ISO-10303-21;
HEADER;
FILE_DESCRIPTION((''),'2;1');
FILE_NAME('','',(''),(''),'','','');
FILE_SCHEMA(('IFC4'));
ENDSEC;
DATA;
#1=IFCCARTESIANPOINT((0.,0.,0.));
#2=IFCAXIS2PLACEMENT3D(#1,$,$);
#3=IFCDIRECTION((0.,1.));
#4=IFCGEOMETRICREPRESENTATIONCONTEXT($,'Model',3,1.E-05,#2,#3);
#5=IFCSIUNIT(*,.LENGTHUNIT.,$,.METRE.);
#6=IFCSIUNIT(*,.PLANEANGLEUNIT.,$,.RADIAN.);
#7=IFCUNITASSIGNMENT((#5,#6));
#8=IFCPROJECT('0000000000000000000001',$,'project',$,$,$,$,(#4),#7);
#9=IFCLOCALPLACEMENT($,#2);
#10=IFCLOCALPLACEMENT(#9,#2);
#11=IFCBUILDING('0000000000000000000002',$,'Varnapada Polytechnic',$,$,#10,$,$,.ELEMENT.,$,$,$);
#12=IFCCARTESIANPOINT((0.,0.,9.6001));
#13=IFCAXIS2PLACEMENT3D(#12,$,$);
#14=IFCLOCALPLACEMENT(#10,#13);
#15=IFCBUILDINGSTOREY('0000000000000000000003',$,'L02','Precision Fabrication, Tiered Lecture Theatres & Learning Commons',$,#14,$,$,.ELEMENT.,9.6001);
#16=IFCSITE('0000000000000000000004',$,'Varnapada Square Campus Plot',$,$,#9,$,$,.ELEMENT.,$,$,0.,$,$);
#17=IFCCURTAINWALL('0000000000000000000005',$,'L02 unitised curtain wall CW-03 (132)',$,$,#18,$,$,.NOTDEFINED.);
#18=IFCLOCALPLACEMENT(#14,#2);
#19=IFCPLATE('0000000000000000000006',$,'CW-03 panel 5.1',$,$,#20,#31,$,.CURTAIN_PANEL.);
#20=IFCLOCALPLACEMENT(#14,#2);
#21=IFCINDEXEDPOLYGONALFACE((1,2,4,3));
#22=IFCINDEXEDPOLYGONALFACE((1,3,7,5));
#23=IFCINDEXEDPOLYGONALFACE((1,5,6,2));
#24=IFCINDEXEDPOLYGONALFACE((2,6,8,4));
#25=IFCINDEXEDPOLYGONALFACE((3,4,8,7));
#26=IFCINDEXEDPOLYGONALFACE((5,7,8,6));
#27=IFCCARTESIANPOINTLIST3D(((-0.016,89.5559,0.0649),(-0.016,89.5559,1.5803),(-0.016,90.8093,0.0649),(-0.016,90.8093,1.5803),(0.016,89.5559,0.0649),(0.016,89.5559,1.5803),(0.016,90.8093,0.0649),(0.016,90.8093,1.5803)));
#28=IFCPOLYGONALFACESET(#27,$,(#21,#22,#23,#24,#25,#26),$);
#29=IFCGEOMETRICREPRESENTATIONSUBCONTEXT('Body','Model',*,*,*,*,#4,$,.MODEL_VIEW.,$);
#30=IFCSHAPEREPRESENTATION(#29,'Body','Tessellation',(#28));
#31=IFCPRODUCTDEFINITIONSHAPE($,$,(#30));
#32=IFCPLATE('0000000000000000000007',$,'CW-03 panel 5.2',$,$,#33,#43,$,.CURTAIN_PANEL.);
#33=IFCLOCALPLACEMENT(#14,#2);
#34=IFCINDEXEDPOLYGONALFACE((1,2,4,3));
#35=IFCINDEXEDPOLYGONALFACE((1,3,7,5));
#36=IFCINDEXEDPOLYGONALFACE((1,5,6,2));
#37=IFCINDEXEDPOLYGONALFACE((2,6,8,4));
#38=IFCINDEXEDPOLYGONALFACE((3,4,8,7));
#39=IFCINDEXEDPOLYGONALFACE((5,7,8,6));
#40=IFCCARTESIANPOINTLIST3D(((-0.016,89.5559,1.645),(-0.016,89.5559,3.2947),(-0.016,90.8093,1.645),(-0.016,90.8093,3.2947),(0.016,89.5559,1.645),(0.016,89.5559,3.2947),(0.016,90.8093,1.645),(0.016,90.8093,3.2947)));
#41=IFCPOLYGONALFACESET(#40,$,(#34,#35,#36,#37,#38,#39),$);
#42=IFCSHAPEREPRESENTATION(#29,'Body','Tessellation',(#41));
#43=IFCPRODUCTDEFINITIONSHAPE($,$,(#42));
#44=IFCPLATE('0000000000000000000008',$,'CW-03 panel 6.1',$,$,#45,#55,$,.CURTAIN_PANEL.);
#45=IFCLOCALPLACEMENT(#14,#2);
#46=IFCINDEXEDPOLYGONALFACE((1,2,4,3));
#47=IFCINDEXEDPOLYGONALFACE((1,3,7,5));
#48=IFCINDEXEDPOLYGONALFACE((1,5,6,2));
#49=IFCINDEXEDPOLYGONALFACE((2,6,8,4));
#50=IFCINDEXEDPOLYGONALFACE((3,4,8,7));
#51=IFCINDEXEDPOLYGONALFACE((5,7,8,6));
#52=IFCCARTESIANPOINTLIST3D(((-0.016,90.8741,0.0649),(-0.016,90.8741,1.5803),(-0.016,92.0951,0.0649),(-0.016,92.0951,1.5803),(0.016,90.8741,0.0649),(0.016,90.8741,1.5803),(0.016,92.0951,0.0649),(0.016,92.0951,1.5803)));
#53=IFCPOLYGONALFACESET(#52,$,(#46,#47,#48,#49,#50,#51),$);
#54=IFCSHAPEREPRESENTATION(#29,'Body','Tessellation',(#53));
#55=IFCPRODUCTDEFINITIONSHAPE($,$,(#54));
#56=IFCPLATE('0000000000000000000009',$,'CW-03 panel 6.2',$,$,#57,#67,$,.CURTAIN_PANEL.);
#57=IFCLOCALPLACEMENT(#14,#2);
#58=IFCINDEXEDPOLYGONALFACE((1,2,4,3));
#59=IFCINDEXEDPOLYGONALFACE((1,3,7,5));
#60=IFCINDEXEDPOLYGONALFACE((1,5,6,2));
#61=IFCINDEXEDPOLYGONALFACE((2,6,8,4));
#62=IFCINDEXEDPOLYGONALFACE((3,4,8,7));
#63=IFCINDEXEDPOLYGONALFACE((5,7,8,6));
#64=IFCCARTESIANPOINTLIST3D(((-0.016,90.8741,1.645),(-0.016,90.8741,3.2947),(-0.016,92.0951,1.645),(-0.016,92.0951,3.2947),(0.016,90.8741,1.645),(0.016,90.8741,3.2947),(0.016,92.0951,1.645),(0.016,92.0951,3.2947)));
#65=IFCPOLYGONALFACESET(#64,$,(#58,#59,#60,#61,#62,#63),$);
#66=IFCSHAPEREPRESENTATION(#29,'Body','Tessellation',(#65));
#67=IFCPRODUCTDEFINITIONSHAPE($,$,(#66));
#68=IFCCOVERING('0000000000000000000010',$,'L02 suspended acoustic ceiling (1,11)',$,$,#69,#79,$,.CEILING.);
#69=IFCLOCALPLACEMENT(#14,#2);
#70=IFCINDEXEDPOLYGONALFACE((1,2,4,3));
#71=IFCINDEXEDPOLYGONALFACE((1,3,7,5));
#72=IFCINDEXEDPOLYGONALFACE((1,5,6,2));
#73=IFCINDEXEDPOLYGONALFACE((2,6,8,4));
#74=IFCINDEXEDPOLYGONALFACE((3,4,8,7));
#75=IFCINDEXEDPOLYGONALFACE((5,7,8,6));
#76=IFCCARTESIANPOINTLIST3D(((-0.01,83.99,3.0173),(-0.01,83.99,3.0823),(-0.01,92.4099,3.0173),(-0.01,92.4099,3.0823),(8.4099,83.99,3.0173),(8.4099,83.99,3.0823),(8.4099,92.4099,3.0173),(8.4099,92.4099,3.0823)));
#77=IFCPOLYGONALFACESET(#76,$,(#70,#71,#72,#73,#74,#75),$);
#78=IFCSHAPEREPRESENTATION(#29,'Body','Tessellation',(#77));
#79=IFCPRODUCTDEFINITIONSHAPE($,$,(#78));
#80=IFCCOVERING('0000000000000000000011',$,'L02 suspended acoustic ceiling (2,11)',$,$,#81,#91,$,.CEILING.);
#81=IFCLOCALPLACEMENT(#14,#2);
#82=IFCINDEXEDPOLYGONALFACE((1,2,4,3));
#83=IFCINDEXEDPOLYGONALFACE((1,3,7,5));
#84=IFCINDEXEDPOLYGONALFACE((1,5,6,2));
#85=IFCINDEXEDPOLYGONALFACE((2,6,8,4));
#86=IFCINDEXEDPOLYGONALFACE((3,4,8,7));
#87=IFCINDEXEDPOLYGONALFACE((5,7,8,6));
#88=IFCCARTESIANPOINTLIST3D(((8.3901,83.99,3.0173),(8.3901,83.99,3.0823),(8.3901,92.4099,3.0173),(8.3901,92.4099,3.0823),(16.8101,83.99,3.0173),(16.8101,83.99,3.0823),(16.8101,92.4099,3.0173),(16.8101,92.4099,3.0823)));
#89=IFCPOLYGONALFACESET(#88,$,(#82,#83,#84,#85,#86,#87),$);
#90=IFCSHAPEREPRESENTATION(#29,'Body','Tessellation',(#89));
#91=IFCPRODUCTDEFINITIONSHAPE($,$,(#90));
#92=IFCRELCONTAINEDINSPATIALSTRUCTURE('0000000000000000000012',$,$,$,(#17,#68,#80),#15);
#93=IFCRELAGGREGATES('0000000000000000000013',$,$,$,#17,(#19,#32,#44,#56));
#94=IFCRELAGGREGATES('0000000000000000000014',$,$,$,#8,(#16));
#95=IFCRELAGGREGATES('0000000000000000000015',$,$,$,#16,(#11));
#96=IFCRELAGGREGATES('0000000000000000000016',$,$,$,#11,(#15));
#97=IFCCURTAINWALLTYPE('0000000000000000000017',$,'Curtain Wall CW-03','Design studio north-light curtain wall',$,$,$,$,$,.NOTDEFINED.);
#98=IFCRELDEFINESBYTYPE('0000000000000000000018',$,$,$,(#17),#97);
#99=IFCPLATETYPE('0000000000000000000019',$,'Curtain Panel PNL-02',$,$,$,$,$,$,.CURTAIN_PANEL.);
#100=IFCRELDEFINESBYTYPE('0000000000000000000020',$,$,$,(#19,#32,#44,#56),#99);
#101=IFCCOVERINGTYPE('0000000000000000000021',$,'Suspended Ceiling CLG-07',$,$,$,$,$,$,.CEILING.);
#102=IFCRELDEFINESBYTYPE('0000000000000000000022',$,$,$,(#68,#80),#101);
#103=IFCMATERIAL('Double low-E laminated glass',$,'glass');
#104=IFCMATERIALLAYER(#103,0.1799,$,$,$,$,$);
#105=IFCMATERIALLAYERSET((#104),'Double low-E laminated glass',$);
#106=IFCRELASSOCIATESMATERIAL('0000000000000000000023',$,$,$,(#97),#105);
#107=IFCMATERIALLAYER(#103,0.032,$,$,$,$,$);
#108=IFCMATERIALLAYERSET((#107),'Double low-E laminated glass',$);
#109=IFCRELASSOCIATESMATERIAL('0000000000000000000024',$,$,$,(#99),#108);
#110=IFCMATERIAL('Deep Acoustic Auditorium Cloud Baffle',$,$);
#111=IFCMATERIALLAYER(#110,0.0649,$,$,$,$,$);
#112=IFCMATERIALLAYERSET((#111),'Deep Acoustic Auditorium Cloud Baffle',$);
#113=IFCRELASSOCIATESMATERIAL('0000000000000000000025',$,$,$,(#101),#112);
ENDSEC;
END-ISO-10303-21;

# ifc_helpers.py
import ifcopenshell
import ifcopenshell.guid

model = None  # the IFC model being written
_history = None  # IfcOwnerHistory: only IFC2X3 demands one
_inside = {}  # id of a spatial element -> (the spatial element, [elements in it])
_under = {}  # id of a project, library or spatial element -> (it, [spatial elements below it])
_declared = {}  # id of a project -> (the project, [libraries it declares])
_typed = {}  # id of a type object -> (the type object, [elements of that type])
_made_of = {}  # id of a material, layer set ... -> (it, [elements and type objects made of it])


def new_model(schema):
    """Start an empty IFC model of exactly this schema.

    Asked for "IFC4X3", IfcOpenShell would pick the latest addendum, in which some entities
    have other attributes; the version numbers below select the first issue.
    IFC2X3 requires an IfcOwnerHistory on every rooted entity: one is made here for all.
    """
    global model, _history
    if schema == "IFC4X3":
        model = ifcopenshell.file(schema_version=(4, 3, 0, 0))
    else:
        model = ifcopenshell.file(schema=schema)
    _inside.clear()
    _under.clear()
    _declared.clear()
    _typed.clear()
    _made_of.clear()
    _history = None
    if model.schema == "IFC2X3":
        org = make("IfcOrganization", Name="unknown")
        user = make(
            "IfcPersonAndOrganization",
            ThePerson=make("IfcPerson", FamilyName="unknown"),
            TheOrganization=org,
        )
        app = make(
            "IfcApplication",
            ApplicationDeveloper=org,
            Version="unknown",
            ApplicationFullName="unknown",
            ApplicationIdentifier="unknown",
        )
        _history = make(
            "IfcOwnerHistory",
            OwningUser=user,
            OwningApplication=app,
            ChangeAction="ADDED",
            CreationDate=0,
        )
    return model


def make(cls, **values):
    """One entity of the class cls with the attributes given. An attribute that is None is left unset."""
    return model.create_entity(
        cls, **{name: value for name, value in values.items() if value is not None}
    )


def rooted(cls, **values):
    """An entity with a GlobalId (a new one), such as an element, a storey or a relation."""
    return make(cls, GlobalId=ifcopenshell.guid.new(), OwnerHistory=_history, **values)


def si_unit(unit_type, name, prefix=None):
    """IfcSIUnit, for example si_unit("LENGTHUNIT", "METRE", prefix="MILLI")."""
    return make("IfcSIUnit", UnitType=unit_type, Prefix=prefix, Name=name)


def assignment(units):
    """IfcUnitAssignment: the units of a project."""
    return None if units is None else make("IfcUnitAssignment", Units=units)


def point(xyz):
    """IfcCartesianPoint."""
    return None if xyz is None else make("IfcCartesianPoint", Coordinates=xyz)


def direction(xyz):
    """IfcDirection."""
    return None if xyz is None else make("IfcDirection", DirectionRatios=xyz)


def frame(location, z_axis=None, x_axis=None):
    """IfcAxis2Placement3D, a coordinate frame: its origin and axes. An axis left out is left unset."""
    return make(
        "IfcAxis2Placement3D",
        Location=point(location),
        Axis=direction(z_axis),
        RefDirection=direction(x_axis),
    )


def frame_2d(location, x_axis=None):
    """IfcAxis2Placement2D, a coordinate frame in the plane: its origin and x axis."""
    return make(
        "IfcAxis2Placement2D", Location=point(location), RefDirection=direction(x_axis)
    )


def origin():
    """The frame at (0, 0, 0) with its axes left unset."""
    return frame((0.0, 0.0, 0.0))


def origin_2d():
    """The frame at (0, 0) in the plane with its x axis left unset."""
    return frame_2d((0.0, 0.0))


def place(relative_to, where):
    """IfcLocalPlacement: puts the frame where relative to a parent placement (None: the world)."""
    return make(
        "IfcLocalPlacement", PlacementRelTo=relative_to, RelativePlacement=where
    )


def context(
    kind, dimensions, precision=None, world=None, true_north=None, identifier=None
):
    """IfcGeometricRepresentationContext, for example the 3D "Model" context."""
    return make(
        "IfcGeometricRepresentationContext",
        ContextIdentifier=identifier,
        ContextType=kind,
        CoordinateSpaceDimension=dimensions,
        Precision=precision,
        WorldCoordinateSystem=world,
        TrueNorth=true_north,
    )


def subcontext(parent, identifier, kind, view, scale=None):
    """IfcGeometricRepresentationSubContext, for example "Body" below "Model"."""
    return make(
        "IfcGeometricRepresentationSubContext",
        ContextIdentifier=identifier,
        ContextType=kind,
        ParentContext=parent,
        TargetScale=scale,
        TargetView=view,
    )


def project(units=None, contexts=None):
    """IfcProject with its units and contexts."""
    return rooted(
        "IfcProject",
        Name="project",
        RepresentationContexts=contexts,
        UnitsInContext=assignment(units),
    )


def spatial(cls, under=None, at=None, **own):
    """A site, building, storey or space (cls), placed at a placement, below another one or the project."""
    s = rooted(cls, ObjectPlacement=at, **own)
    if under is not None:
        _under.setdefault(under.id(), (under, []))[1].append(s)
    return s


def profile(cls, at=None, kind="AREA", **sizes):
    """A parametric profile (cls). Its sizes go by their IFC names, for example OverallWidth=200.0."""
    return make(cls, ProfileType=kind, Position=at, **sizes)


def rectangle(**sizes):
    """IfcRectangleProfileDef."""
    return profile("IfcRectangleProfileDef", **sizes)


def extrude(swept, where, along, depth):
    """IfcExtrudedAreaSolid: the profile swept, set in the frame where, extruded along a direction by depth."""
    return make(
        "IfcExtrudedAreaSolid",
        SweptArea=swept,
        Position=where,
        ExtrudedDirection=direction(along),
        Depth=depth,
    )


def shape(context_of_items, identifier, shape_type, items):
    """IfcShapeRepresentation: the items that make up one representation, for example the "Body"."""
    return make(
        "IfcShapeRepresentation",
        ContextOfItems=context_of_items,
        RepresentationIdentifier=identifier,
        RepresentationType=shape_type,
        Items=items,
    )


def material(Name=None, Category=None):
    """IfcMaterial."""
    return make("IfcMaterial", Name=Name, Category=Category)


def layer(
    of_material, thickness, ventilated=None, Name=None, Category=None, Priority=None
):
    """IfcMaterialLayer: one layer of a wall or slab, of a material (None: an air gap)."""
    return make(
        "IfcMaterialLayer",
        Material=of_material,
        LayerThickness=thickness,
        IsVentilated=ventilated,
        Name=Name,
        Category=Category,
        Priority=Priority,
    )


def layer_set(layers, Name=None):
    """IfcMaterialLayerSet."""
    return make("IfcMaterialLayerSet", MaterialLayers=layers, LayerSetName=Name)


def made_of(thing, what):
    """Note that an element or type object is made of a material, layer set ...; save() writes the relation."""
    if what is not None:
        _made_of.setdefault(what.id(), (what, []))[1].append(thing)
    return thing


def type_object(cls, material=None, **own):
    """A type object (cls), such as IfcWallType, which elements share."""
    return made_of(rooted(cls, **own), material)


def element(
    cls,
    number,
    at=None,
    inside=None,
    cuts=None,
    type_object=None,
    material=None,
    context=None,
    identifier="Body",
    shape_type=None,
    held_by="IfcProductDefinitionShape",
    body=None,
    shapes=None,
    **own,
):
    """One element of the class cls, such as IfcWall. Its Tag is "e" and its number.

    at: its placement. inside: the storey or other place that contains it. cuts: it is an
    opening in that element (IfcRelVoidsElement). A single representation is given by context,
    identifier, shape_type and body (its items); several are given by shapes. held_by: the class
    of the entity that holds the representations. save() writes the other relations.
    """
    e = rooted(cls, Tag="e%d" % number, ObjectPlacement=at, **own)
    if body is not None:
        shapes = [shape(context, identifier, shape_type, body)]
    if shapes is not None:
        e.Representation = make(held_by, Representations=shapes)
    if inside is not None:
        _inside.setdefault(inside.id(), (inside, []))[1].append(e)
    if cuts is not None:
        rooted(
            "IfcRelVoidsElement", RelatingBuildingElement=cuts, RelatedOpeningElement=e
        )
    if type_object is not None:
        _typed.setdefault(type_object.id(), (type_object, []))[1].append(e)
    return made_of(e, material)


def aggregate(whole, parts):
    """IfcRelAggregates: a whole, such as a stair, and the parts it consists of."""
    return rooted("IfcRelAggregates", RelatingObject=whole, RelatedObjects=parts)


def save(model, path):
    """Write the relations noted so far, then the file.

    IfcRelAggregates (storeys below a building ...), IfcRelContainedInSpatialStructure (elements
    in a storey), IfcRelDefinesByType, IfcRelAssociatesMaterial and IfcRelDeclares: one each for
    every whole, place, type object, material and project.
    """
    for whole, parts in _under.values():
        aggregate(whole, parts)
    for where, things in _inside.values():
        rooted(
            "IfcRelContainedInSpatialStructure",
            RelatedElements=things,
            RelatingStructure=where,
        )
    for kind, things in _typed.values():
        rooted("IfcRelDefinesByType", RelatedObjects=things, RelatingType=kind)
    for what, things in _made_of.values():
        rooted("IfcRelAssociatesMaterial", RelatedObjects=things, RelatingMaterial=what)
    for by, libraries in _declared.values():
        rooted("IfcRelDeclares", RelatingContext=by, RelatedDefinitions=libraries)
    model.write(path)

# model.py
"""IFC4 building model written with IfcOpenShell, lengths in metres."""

from ifc_helpers import new_model, si_unit, direction, frame, origin, origin_2d, place, context, subcontext, project, spatial, rectangle, extrude, material, layer, layer_set, type_object, element, aggregate, save


model = new_model("IFC4")

# Units and contexts
model_context = context("Model", 3, precision=1e-05, world=origin(), true_north=direction((0.0, 1.0)))
body_context = subcontext(model_context, "Body", "Model", "MODEL_VIEW")
ifc_project = project(units=[si_unit("LENGTHUNIT", "METRE"), si_unit("PLANEANGLEUNIT", "RADIAN")], contexts=[model_context])

# Site, building, storey
site_placement = place(None, origin())
site = spatial("IfcSite", under=ifc_project, at=site_placement, Name="Varnapada Square Campus Plot", CompositionType="ELEMENT", RefElevation=0.0)
building_placement = place(site_placement, origin())
building = spatial("IfcBuilding", under=site, at=building_placement, Name="Varnapada Polytechnic", CompositionType="ELEMENT")
storey_placement = place(building_placement, frame((0.0, 0.0, 9.6001)))
storey = spatial("IfcBuildingStorey", under=building, at=storey_placement, Name="L02", Description="Precision Fabrication, Tiered Lecture Theatres & Learning Commons", CompositionType="ELEMENT", Elevation=9.6001)

# Curtain wall, plates
ifc_material_1 = material(Name="Double low-E laminated glass", Category="glass")
ifc_layer_1 = layer(ifc_material_1, 0.1799)
ifc_layer_set_1 = layer_set([ifc_layer_1], Name="Double low-E laminated glass")
curtain_wall_type = type_object("IfcCurtainWallType", Name="Curtain Wall CW-03", Description="Design studio north-light curtain wall", PredefinedType="NOTDEFINED", material=ifc_layer_set_1)
curtain_wall_placement = place(storey_placement, origin())
curtain_wall = element("IfcCurtainWall", 1, at=curtain_wall_placement, inside=storey, type_object=curtain_wall_type, Name="L02 unitised curtain wall CW-03 (132)", PredefinedType="NOTDEFINED")
ifc_layer_2 = layer(ifc_material_1, 0.032)
ifc_layer_set_2 = layer_set([ifc_layer_2], Name="Double low-E laminated glass")
plate_type = type_object("IfcPlateType", Name="Curtain Panel PNL-02", PredefinedType="CURTAIN_PANEL", material=ifc_layer_set_2)
plate_1_placement = place(storey_placement, frame((0.0, 90.1826, 0.0649), z_axis=(0.0, 0.0, 1.0), x_axis=(0.0, 1.0, 0.0)))
plate_1 = element("IfcPlate", 2, at=plate_1_placement, type_object=plate_type, Name="CW-03 panel 5.1", PredefinedType="CURTAIN_PANEL", context=body_context, shape_type="SweptSolid", body=[
    extrude(rectangle(XDim=1.2534, YDim=0.032, at=origin_2d()), origin(), (0.0, 0.0, 1.0), 1.5154),
])
plate_2_placement = place(storey_placement, frame((0.0, 90.1826, 1.645), z_axis=(0.0, 0.0, 1.0), x_axis=(0.0, 1.0, 0.0)))
plate_2 = element("IfcPlate", 3, at=plate_2_placement, type_object=plate_type, Name="CW-03 panel 5.2", PredefinedType="CURTAIN_PANEL", context=body_context, shape_type="SweptSolid", body=[
    extrude(rectangle(XDim=1.2534, YDim=0.032, at=origin_2d()), origin(), (0.0, 0.0, 1.0), 1.6497),
])
plate_3_placement = place(storey_placement, frame((0.0, 91.4846, 0.0649), z_axis=(0.0, 0.0, 1.0), x_axis=(0.0, 1.0, 0.0)))
plate_3 = element("IfcPlate", 4, at=plate_3_placement, type_object=plate_type, Name="CW-03 panel 6.1", PredefinedType="CURTAIN_PANEL", context=body_context, shape_type="SweptSolid", body=[
    extrude(rectangle(XDim=1.2209, YDim=0.032, at=origin_2d()), origin(), (0.0, 0.0, 1.0), 1.5154),
])
plate_4_placement = place(storey_placement, frame((0.0, 91.4846, 1.645), z_axis=(0.0, 0.0, 1.0), x_axis=(0.0, 1.0, 0.0)))
plate_4 = element("IfcPlate", 5, at=plate_4_placement, type_object=plate_type, Name="CW-03 panel 6.2", PredefinedType="CURTAIN_PANEL", context=body_context, shape_type="SweptSolid", body=[
    extrude(rectangle(XDim=1.2209, YDim=0.032, at=origin_2d()), origin(), (0.0, 0.0, 1.0), 1.6497),
])
aggregate(curtain_wall, [plate_1, plate_2, plate_3, plate_4])

# Coverings
ifc_material_2 = material(Name="Deep Acoustic Auditorium Cloud Baffle")
ifc_layer_3 = layer(ifc_material_2, 0.0649)
ifc_layer_set_3 = layer_set([ifc_layer_3], Name="Deep Acoustic Auditorium Cloud Baffle")
covering_type = type_object("IfcCoveringType", Name="Suspended Ceiling CLG-07", PredefinedType="CEILING", material=ifc_layer_set_3)
for number, where, z_axis, x_axis, name in (
    (6, (4.2, 88.2, 3.0173), (0.0, 0.0, 1.0), (1.0, 0.0, 0.0), "L02 suspended acoustic ceiling (1,11)"),
    (7, (12.6001, 88.2, 3.0173), (0.0, 0.0, 1.0), (1.0, 0.0, 0.0), "L02 suspended acoustic ceiling (2,11)"),
):
    element("IfcCovering", number, at=place(storey_placement, frame(where, z_axis=z_axis, x_axis=x_axis)), inside=storey, type_object=covering_type, Name=name, PredefinedType="CEILING", context=body_context, shape_type="SweptSolid", body=[
        extrude(rectangle(XDim=8.4199, YDim=8.4199, at=origin_2d()), origin(), (0.0, 0.0, 1.0), 0.0649),
    ])

save(model, "model.ifc")
